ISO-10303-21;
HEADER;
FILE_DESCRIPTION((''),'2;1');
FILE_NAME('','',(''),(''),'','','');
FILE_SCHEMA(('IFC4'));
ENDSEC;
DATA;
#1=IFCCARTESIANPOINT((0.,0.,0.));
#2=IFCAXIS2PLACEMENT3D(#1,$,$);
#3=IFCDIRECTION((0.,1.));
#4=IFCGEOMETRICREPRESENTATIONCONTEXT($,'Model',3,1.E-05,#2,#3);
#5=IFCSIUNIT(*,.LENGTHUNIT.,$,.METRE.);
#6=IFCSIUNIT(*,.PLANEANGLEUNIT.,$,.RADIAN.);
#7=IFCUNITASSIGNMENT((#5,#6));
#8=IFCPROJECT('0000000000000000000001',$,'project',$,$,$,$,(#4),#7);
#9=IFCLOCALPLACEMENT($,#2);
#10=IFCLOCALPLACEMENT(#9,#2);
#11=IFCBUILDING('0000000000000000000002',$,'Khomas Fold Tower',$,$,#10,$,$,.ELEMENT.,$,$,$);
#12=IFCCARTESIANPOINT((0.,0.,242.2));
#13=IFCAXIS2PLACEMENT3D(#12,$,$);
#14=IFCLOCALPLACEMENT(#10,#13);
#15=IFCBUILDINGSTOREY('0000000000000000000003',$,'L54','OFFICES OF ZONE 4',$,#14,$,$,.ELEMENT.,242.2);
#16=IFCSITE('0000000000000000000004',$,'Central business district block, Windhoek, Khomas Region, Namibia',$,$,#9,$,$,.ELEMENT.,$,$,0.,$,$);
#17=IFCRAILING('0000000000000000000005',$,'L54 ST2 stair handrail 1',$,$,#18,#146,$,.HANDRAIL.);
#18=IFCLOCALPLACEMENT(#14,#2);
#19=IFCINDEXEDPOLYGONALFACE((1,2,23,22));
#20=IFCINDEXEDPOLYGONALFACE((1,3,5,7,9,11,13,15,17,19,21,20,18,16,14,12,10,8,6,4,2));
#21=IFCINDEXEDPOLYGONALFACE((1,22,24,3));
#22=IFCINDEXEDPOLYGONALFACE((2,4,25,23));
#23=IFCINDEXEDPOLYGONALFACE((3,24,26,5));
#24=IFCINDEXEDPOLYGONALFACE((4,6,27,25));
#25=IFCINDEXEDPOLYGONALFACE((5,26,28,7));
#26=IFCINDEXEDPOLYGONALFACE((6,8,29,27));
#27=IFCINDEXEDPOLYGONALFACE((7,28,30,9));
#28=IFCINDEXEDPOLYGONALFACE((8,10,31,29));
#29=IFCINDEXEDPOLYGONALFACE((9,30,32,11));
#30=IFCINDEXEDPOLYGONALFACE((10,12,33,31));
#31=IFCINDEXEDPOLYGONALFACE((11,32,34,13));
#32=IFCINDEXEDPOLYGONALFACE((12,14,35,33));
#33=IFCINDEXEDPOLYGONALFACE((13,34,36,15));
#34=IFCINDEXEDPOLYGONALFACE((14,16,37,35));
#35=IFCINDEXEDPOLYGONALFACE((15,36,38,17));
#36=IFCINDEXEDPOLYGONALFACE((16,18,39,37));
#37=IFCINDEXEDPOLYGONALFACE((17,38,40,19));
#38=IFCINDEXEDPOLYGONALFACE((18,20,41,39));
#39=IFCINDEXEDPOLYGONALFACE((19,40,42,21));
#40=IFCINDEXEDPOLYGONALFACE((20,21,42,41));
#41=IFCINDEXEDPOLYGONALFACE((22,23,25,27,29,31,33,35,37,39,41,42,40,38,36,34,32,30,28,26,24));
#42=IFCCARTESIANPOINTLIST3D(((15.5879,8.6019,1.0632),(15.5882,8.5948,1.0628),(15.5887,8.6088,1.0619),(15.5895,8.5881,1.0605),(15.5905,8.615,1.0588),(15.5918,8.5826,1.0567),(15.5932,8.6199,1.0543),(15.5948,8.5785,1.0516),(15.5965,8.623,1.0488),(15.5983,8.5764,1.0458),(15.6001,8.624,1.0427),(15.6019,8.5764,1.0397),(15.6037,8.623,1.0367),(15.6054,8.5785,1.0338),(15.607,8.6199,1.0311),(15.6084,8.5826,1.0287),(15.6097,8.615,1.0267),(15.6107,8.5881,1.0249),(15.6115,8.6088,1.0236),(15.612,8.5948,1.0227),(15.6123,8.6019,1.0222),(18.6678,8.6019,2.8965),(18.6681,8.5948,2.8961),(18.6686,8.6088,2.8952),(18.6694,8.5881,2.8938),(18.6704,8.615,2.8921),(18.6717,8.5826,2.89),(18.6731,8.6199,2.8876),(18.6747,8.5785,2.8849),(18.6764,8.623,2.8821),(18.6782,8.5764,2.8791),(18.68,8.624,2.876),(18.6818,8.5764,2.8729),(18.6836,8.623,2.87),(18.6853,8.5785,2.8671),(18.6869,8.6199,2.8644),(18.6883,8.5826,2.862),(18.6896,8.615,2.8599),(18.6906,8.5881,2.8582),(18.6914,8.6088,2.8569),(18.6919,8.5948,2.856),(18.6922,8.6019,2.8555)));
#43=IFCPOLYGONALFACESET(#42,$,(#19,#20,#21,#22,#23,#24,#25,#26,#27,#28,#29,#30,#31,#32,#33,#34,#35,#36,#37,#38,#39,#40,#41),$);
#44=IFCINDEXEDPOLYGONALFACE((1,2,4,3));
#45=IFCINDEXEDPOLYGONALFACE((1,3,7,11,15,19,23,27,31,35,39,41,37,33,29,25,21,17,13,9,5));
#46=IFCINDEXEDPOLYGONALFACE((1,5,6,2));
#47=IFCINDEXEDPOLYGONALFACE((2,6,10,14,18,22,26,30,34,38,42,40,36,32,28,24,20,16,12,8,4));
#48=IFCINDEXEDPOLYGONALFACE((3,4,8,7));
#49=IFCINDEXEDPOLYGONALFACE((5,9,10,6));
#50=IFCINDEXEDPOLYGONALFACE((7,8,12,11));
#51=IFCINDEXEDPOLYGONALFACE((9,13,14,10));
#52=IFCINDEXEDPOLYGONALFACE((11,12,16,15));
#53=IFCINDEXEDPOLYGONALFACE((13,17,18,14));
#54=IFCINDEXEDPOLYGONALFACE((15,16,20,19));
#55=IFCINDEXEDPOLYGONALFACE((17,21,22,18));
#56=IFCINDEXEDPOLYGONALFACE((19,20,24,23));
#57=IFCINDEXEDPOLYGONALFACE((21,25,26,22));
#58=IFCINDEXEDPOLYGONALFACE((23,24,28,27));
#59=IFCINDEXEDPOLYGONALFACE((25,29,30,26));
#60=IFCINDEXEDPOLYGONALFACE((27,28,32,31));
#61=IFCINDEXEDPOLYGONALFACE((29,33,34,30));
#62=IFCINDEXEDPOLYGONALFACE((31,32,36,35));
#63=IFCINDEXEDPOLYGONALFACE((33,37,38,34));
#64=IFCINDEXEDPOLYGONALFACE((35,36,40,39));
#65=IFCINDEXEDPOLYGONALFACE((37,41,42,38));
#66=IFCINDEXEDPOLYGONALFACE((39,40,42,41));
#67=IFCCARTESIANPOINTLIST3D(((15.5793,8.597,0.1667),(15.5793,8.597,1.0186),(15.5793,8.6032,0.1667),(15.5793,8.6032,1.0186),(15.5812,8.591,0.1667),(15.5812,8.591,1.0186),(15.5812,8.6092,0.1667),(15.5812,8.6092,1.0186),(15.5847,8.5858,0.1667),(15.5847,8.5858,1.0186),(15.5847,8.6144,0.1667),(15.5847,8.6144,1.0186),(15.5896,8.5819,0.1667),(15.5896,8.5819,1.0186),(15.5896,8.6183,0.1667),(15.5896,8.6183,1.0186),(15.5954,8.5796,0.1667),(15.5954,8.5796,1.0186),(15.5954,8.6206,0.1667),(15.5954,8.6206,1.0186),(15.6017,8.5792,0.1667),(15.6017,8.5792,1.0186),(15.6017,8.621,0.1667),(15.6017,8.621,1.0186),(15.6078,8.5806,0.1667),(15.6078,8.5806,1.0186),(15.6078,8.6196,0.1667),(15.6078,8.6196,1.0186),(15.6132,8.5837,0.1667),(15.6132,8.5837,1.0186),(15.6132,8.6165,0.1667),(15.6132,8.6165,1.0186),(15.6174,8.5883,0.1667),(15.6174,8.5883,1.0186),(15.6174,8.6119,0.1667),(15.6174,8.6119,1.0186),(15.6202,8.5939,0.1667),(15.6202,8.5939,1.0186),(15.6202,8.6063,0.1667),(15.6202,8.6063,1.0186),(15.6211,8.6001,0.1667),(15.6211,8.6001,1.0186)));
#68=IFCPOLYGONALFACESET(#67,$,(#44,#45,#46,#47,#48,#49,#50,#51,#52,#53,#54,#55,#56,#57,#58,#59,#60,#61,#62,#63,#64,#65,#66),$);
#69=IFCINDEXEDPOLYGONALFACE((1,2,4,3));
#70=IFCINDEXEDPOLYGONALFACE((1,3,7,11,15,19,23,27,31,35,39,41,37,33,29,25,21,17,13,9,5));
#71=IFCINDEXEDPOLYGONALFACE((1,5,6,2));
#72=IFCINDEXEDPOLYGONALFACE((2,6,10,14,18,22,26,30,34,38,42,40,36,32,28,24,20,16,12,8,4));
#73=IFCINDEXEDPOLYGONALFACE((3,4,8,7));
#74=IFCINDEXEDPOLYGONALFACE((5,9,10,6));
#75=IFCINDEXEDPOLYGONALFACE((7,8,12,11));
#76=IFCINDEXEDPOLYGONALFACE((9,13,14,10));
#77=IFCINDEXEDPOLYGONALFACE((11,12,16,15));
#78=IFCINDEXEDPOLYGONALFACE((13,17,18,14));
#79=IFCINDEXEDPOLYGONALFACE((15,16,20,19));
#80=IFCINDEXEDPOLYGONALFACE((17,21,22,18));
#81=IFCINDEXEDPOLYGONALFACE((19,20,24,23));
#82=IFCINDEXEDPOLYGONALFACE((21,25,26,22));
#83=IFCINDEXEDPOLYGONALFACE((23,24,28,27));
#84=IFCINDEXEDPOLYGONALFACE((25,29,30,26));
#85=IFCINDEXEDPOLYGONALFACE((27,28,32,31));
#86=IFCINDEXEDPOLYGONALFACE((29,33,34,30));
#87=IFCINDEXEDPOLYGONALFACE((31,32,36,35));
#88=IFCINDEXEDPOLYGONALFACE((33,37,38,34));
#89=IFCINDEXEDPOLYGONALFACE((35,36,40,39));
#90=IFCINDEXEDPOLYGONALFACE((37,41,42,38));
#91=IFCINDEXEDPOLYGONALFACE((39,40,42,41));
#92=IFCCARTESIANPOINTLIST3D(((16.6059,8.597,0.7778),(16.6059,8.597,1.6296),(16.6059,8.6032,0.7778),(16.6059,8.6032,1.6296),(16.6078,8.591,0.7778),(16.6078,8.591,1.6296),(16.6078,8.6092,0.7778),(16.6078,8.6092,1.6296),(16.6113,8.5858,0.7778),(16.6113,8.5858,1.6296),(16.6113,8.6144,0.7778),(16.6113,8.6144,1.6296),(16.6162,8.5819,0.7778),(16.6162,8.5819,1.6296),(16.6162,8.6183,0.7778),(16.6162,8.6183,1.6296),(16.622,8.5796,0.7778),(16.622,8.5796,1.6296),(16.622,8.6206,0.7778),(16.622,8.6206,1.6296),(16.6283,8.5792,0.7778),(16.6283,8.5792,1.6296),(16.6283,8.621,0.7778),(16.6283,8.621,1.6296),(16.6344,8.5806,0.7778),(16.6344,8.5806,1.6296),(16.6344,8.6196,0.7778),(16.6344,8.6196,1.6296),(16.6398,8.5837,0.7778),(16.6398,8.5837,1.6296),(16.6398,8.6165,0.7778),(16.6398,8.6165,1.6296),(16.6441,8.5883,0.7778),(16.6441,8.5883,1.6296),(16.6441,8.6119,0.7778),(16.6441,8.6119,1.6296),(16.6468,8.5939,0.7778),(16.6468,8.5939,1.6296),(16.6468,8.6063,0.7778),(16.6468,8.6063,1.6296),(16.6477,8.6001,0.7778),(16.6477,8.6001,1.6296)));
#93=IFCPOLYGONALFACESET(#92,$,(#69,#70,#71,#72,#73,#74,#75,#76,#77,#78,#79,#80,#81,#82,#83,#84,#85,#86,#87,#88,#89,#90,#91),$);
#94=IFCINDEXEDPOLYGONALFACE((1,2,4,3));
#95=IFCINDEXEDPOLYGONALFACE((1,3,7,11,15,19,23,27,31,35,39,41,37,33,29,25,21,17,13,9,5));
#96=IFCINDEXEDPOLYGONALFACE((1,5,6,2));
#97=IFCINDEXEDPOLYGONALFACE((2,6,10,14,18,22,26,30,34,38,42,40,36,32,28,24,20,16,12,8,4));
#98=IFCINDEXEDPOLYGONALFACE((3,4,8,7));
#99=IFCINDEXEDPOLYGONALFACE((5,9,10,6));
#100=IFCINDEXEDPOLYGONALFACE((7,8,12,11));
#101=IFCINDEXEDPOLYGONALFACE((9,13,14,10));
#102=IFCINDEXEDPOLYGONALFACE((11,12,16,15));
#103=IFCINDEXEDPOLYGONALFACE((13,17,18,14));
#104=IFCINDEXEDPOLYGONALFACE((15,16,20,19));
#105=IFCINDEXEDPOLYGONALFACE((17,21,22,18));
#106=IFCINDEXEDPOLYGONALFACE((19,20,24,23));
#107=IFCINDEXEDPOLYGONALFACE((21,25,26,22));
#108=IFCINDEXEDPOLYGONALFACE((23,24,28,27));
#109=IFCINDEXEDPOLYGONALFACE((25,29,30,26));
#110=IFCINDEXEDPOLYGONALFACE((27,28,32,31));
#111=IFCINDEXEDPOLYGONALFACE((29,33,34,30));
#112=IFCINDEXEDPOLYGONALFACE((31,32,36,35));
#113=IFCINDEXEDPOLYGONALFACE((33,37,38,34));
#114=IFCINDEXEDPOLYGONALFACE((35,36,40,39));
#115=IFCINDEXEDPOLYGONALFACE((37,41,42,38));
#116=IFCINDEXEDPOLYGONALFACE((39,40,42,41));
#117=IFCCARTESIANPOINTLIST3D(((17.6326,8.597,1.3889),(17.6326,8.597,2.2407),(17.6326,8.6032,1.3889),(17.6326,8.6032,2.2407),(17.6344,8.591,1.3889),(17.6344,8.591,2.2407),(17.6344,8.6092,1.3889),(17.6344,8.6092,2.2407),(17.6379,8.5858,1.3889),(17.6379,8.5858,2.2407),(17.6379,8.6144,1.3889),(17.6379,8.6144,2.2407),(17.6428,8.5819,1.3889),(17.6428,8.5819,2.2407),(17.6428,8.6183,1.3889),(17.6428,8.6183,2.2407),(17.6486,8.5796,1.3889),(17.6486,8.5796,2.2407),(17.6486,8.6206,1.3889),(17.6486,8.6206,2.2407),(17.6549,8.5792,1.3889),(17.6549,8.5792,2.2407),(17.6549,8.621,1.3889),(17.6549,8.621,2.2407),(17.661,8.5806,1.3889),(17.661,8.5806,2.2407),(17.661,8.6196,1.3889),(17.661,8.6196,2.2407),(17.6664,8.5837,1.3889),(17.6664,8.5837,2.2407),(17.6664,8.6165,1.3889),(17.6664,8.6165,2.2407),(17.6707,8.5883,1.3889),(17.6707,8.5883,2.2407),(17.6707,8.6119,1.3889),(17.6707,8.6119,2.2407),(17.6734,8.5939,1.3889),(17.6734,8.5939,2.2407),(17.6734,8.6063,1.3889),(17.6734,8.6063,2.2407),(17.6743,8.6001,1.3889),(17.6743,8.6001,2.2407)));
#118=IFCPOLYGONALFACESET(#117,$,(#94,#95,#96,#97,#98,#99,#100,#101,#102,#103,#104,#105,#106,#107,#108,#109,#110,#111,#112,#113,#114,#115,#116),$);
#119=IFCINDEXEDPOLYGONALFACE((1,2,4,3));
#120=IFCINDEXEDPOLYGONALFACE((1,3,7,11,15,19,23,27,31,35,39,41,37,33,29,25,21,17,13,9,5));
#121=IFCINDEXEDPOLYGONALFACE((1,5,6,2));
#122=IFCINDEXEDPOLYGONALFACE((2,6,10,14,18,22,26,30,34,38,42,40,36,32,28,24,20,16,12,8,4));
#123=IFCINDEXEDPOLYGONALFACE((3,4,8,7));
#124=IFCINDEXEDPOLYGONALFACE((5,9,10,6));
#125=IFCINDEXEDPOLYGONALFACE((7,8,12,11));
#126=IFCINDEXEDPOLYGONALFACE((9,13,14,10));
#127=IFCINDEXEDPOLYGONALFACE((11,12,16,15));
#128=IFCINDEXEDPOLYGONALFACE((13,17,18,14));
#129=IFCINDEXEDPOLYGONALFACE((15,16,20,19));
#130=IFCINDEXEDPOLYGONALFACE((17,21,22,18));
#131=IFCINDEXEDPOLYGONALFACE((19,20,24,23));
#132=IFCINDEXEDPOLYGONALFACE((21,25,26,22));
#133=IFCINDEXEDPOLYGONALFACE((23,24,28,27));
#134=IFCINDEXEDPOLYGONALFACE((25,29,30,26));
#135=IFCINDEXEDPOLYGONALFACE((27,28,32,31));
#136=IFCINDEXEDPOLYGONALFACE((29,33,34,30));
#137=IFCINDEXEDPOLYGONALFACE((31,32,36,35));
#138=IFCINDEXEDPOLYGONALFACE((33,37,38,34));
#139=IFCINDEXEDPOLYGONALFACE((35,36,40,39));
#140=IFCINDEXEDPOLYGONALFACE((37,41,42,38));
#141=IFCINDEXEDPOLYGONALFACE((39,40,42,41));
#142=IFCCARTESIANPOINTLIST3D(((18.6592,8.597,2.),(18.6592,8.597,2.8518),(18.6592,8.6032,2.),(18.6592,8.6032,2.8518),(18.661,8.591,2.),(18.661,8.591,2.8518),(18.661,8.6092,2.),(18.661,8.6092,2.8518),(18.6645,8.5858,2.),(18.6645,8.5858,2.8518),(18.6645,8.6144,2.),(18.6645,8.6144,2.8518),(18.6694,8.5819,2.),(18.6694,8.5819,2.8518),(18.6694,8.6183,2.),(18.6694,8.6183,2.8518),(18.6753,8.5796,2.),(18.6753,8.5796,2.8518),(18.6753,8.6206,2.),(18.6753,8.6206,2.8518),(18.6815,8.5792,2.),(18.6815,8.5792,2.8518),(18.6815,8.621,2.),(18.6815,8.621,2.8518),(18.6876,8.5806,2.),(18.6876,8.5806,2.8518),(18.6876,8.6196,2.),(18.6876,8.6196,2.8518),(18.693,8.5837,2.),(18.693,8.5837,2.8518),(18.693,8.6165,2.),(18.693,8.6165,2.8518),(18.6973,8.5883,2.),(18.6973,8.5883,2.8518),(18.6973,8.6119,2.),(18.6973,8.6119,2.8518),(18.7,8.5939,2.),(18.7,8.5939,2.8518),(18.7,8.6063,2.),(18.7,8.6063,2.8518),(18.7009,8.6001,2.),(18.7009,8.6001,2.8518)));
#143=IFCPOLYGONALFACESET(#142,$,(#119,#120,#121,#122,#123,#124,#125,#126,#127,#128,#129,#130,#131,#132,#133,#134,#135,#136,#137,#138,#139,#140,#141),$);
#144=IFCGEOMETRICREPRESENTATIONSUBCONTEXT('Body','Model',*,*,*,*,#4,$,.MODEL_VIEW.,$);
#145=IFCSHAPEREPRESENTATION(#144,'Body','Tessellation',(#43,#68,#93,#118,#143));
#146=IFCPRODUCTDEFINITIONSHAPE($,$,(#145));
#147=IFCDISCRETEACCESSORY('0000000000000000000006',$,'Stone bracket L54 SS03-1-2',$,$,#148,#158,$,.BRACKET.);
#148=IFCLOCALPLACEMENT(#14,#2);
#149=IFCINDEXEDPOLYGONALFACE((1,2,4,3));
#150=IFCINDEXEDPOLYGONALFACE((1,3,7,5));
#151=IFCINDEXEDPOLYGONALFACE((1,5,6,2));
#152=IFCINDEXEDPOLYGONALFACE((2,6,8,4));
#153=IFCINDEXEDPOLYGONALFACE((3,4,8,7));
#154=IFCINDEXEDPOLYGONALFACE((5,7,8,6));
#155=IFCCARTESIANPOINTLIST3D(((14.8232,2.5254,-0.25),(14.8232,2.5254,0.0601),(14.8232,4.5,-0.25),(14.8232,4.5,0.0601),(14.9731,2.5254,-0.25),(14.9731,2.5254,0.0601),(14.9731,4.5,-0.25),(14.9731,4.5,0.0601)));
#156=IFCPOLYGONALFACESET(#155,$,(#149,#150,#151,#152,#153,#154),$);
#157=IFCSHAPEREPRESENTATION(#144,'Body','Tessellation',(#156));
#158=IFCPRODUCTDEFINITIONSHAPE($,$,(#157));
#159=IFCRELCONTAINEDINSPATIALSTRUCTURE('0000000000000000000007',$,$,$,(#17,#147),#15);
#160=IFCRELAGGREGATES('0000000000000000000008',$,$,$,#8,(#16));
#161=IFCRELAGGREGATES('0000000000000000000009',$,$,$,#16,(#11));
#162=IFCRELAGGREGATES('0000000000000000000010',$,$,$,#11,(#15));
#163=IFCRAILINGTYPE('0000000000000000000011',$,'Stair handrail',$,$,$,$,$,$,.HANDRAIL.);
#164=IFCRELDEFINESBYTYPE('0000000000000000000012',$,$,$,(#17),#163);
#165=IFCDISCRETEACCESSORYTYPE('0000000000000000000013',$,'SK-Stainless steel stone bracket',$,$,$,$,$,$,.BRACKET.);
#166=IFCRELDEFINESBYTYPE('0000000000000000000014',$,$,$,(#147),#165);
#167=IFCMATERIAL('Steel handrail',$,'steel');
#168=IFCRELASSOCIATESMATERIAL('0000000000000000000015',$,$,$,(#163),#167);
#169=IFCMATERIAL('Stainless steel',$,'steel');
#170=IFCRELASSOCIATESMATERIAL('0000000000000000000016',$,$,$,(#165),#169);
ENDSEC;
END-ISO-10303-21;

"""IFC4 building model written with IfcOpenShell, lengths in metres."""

from ifc_helpers import new_model, si_unit, direction, frame, origin, origin_2d, place, context, subcontext, project, spatial, rectangle, circle, extrude, source, transform, mapped, material, type_object, element, save


model = new_model("IFC4")

# Units and contexts
model_context = context("Model", 3, precision=1e-05, world=origin(), true_north=direction((0.0, 1.0)))
body_context = subcontext(model_context, "Body", "Model", "MODEL_VIEW")
ifc_project = project(units=[si_unit("LENGTHUNIT", "METRE"), si_unit("PLANEANGLEUNIT", "RADIAN")], contexts=[model_context])

# Site, building, storey
site_placement = place(None, origin())
site = spatial("IfcSite", under=ifc_project, at=site_placement, Name="Central business district block, Windhoek, Khomas Region, Namibia", CompositionType="ELEMENT", RefElevation=0.0)
building_placement = place(site_placement, origin())
building = spatial("IfcBuilding", under=site, at=building_placement, Name="Khomas Fold Tower", CompositionType="ELEMENT")
storey_placement = place(building_placement, frame((0.0, 0.0, 242.2)))
storey = spatial("IfcBuildingStorey", under=building, at=storey_placement, Name="L54", Description="OFFICES OF ZONE 4", CompositionType="ELEMENT", Elevation=242.2)

# Railing
ifc_material_1 = material(Name="Steel handrail", Category="steel")
railing_type_1 = type_object("IfcRailingType", Name="Stair handrail", PredefinedType="HANDRAIL", material=ifc_material_1)
shared_shape_1 = source(origin(), body_context, "Body", "SweptSolid", [
    extrude(circle(Radius=0.0239, at=origin_2d()), frame((0.0, 0.0, 0.876), z_axis=(0.859291, 0.0, 0.511487), x_axis=(0.0, 1.0, 0.0)), (0.0, 0.0, 1.0), 3.5842),
    extrude(circle(Radius=0.021, at=origin_2d()), origin(), (0.0, 0.0, 1.0), 0.8518),
    extrude(circle(Radius=0.021, at=origin_2d()), frame((1.0266, 0.0, 0.6111)), (0.0, 0.0, 1.0), 0.8518),
    extrude(circle(Radius=0.021, at=origin_2d()), frame((2.0532, 0.0, 1.2222)), (0.0, 0.0, 1.0), 0.8518),
    extrude(circle(Radius=0.021, at=origin_2d()), frame((3.0798, 0.0, 1.8333)), (0.0, 0.0, 1.0), 0.8518),
])
railing_1_placement = place(storey_placement, frame((15.6001, 8.6001, 0.1667)))
element("IfcRailing", 1, at=railing_1_placement, inside=storey, type_object=railing_type_1, Name="L54 ST2 stair handrail 1", PredefinedType="HANDRAIL", context=body_context, shape_type="MappedRepresentation", body=[
    mapped(shared_shape_1, transform((0.0, 0.0, 0.0))),
])

# Discrete accessory
ifc_material_2 = material(Name="Stainless steel", Category="steel")
discrete_accessory_type = type_object("IfcDiscreteAccessoryType", Name="SK-Stainless steel stone bracket", PredefinedType="BRACKET", material=ifc_material_2)
shared_shape_2 = source(origin(), body_context, "Body", "SweptSolid", [
    extrude(rectangle(XDim=1.9746, YDim=0.1499, at=origin_2d()), origin(), (0.0, 0.0, 1.0), 0.3101),
])
discrete_accessory_placement = place(storey_placement, frame((14.8982, 3.5127, -0.25), z_axis=(0.0, 0.0, 1.0), x_axis=(0.0, -1.0, 0.0)))
element("IfcDiscreteAccessory", 2, at=discrete_accessory_placement, inside=storey, type_object=discrete_accessory_type, Name="Stone bracket L54 SS03-1-2", PredefinedType="BRACKET", context=body_context, shape_type="MappedRepresentation", body=[
    mapped(shared_shape_2, transform((0.0, 0.0, 0.0))),
])

save(model, "model.ifc")
